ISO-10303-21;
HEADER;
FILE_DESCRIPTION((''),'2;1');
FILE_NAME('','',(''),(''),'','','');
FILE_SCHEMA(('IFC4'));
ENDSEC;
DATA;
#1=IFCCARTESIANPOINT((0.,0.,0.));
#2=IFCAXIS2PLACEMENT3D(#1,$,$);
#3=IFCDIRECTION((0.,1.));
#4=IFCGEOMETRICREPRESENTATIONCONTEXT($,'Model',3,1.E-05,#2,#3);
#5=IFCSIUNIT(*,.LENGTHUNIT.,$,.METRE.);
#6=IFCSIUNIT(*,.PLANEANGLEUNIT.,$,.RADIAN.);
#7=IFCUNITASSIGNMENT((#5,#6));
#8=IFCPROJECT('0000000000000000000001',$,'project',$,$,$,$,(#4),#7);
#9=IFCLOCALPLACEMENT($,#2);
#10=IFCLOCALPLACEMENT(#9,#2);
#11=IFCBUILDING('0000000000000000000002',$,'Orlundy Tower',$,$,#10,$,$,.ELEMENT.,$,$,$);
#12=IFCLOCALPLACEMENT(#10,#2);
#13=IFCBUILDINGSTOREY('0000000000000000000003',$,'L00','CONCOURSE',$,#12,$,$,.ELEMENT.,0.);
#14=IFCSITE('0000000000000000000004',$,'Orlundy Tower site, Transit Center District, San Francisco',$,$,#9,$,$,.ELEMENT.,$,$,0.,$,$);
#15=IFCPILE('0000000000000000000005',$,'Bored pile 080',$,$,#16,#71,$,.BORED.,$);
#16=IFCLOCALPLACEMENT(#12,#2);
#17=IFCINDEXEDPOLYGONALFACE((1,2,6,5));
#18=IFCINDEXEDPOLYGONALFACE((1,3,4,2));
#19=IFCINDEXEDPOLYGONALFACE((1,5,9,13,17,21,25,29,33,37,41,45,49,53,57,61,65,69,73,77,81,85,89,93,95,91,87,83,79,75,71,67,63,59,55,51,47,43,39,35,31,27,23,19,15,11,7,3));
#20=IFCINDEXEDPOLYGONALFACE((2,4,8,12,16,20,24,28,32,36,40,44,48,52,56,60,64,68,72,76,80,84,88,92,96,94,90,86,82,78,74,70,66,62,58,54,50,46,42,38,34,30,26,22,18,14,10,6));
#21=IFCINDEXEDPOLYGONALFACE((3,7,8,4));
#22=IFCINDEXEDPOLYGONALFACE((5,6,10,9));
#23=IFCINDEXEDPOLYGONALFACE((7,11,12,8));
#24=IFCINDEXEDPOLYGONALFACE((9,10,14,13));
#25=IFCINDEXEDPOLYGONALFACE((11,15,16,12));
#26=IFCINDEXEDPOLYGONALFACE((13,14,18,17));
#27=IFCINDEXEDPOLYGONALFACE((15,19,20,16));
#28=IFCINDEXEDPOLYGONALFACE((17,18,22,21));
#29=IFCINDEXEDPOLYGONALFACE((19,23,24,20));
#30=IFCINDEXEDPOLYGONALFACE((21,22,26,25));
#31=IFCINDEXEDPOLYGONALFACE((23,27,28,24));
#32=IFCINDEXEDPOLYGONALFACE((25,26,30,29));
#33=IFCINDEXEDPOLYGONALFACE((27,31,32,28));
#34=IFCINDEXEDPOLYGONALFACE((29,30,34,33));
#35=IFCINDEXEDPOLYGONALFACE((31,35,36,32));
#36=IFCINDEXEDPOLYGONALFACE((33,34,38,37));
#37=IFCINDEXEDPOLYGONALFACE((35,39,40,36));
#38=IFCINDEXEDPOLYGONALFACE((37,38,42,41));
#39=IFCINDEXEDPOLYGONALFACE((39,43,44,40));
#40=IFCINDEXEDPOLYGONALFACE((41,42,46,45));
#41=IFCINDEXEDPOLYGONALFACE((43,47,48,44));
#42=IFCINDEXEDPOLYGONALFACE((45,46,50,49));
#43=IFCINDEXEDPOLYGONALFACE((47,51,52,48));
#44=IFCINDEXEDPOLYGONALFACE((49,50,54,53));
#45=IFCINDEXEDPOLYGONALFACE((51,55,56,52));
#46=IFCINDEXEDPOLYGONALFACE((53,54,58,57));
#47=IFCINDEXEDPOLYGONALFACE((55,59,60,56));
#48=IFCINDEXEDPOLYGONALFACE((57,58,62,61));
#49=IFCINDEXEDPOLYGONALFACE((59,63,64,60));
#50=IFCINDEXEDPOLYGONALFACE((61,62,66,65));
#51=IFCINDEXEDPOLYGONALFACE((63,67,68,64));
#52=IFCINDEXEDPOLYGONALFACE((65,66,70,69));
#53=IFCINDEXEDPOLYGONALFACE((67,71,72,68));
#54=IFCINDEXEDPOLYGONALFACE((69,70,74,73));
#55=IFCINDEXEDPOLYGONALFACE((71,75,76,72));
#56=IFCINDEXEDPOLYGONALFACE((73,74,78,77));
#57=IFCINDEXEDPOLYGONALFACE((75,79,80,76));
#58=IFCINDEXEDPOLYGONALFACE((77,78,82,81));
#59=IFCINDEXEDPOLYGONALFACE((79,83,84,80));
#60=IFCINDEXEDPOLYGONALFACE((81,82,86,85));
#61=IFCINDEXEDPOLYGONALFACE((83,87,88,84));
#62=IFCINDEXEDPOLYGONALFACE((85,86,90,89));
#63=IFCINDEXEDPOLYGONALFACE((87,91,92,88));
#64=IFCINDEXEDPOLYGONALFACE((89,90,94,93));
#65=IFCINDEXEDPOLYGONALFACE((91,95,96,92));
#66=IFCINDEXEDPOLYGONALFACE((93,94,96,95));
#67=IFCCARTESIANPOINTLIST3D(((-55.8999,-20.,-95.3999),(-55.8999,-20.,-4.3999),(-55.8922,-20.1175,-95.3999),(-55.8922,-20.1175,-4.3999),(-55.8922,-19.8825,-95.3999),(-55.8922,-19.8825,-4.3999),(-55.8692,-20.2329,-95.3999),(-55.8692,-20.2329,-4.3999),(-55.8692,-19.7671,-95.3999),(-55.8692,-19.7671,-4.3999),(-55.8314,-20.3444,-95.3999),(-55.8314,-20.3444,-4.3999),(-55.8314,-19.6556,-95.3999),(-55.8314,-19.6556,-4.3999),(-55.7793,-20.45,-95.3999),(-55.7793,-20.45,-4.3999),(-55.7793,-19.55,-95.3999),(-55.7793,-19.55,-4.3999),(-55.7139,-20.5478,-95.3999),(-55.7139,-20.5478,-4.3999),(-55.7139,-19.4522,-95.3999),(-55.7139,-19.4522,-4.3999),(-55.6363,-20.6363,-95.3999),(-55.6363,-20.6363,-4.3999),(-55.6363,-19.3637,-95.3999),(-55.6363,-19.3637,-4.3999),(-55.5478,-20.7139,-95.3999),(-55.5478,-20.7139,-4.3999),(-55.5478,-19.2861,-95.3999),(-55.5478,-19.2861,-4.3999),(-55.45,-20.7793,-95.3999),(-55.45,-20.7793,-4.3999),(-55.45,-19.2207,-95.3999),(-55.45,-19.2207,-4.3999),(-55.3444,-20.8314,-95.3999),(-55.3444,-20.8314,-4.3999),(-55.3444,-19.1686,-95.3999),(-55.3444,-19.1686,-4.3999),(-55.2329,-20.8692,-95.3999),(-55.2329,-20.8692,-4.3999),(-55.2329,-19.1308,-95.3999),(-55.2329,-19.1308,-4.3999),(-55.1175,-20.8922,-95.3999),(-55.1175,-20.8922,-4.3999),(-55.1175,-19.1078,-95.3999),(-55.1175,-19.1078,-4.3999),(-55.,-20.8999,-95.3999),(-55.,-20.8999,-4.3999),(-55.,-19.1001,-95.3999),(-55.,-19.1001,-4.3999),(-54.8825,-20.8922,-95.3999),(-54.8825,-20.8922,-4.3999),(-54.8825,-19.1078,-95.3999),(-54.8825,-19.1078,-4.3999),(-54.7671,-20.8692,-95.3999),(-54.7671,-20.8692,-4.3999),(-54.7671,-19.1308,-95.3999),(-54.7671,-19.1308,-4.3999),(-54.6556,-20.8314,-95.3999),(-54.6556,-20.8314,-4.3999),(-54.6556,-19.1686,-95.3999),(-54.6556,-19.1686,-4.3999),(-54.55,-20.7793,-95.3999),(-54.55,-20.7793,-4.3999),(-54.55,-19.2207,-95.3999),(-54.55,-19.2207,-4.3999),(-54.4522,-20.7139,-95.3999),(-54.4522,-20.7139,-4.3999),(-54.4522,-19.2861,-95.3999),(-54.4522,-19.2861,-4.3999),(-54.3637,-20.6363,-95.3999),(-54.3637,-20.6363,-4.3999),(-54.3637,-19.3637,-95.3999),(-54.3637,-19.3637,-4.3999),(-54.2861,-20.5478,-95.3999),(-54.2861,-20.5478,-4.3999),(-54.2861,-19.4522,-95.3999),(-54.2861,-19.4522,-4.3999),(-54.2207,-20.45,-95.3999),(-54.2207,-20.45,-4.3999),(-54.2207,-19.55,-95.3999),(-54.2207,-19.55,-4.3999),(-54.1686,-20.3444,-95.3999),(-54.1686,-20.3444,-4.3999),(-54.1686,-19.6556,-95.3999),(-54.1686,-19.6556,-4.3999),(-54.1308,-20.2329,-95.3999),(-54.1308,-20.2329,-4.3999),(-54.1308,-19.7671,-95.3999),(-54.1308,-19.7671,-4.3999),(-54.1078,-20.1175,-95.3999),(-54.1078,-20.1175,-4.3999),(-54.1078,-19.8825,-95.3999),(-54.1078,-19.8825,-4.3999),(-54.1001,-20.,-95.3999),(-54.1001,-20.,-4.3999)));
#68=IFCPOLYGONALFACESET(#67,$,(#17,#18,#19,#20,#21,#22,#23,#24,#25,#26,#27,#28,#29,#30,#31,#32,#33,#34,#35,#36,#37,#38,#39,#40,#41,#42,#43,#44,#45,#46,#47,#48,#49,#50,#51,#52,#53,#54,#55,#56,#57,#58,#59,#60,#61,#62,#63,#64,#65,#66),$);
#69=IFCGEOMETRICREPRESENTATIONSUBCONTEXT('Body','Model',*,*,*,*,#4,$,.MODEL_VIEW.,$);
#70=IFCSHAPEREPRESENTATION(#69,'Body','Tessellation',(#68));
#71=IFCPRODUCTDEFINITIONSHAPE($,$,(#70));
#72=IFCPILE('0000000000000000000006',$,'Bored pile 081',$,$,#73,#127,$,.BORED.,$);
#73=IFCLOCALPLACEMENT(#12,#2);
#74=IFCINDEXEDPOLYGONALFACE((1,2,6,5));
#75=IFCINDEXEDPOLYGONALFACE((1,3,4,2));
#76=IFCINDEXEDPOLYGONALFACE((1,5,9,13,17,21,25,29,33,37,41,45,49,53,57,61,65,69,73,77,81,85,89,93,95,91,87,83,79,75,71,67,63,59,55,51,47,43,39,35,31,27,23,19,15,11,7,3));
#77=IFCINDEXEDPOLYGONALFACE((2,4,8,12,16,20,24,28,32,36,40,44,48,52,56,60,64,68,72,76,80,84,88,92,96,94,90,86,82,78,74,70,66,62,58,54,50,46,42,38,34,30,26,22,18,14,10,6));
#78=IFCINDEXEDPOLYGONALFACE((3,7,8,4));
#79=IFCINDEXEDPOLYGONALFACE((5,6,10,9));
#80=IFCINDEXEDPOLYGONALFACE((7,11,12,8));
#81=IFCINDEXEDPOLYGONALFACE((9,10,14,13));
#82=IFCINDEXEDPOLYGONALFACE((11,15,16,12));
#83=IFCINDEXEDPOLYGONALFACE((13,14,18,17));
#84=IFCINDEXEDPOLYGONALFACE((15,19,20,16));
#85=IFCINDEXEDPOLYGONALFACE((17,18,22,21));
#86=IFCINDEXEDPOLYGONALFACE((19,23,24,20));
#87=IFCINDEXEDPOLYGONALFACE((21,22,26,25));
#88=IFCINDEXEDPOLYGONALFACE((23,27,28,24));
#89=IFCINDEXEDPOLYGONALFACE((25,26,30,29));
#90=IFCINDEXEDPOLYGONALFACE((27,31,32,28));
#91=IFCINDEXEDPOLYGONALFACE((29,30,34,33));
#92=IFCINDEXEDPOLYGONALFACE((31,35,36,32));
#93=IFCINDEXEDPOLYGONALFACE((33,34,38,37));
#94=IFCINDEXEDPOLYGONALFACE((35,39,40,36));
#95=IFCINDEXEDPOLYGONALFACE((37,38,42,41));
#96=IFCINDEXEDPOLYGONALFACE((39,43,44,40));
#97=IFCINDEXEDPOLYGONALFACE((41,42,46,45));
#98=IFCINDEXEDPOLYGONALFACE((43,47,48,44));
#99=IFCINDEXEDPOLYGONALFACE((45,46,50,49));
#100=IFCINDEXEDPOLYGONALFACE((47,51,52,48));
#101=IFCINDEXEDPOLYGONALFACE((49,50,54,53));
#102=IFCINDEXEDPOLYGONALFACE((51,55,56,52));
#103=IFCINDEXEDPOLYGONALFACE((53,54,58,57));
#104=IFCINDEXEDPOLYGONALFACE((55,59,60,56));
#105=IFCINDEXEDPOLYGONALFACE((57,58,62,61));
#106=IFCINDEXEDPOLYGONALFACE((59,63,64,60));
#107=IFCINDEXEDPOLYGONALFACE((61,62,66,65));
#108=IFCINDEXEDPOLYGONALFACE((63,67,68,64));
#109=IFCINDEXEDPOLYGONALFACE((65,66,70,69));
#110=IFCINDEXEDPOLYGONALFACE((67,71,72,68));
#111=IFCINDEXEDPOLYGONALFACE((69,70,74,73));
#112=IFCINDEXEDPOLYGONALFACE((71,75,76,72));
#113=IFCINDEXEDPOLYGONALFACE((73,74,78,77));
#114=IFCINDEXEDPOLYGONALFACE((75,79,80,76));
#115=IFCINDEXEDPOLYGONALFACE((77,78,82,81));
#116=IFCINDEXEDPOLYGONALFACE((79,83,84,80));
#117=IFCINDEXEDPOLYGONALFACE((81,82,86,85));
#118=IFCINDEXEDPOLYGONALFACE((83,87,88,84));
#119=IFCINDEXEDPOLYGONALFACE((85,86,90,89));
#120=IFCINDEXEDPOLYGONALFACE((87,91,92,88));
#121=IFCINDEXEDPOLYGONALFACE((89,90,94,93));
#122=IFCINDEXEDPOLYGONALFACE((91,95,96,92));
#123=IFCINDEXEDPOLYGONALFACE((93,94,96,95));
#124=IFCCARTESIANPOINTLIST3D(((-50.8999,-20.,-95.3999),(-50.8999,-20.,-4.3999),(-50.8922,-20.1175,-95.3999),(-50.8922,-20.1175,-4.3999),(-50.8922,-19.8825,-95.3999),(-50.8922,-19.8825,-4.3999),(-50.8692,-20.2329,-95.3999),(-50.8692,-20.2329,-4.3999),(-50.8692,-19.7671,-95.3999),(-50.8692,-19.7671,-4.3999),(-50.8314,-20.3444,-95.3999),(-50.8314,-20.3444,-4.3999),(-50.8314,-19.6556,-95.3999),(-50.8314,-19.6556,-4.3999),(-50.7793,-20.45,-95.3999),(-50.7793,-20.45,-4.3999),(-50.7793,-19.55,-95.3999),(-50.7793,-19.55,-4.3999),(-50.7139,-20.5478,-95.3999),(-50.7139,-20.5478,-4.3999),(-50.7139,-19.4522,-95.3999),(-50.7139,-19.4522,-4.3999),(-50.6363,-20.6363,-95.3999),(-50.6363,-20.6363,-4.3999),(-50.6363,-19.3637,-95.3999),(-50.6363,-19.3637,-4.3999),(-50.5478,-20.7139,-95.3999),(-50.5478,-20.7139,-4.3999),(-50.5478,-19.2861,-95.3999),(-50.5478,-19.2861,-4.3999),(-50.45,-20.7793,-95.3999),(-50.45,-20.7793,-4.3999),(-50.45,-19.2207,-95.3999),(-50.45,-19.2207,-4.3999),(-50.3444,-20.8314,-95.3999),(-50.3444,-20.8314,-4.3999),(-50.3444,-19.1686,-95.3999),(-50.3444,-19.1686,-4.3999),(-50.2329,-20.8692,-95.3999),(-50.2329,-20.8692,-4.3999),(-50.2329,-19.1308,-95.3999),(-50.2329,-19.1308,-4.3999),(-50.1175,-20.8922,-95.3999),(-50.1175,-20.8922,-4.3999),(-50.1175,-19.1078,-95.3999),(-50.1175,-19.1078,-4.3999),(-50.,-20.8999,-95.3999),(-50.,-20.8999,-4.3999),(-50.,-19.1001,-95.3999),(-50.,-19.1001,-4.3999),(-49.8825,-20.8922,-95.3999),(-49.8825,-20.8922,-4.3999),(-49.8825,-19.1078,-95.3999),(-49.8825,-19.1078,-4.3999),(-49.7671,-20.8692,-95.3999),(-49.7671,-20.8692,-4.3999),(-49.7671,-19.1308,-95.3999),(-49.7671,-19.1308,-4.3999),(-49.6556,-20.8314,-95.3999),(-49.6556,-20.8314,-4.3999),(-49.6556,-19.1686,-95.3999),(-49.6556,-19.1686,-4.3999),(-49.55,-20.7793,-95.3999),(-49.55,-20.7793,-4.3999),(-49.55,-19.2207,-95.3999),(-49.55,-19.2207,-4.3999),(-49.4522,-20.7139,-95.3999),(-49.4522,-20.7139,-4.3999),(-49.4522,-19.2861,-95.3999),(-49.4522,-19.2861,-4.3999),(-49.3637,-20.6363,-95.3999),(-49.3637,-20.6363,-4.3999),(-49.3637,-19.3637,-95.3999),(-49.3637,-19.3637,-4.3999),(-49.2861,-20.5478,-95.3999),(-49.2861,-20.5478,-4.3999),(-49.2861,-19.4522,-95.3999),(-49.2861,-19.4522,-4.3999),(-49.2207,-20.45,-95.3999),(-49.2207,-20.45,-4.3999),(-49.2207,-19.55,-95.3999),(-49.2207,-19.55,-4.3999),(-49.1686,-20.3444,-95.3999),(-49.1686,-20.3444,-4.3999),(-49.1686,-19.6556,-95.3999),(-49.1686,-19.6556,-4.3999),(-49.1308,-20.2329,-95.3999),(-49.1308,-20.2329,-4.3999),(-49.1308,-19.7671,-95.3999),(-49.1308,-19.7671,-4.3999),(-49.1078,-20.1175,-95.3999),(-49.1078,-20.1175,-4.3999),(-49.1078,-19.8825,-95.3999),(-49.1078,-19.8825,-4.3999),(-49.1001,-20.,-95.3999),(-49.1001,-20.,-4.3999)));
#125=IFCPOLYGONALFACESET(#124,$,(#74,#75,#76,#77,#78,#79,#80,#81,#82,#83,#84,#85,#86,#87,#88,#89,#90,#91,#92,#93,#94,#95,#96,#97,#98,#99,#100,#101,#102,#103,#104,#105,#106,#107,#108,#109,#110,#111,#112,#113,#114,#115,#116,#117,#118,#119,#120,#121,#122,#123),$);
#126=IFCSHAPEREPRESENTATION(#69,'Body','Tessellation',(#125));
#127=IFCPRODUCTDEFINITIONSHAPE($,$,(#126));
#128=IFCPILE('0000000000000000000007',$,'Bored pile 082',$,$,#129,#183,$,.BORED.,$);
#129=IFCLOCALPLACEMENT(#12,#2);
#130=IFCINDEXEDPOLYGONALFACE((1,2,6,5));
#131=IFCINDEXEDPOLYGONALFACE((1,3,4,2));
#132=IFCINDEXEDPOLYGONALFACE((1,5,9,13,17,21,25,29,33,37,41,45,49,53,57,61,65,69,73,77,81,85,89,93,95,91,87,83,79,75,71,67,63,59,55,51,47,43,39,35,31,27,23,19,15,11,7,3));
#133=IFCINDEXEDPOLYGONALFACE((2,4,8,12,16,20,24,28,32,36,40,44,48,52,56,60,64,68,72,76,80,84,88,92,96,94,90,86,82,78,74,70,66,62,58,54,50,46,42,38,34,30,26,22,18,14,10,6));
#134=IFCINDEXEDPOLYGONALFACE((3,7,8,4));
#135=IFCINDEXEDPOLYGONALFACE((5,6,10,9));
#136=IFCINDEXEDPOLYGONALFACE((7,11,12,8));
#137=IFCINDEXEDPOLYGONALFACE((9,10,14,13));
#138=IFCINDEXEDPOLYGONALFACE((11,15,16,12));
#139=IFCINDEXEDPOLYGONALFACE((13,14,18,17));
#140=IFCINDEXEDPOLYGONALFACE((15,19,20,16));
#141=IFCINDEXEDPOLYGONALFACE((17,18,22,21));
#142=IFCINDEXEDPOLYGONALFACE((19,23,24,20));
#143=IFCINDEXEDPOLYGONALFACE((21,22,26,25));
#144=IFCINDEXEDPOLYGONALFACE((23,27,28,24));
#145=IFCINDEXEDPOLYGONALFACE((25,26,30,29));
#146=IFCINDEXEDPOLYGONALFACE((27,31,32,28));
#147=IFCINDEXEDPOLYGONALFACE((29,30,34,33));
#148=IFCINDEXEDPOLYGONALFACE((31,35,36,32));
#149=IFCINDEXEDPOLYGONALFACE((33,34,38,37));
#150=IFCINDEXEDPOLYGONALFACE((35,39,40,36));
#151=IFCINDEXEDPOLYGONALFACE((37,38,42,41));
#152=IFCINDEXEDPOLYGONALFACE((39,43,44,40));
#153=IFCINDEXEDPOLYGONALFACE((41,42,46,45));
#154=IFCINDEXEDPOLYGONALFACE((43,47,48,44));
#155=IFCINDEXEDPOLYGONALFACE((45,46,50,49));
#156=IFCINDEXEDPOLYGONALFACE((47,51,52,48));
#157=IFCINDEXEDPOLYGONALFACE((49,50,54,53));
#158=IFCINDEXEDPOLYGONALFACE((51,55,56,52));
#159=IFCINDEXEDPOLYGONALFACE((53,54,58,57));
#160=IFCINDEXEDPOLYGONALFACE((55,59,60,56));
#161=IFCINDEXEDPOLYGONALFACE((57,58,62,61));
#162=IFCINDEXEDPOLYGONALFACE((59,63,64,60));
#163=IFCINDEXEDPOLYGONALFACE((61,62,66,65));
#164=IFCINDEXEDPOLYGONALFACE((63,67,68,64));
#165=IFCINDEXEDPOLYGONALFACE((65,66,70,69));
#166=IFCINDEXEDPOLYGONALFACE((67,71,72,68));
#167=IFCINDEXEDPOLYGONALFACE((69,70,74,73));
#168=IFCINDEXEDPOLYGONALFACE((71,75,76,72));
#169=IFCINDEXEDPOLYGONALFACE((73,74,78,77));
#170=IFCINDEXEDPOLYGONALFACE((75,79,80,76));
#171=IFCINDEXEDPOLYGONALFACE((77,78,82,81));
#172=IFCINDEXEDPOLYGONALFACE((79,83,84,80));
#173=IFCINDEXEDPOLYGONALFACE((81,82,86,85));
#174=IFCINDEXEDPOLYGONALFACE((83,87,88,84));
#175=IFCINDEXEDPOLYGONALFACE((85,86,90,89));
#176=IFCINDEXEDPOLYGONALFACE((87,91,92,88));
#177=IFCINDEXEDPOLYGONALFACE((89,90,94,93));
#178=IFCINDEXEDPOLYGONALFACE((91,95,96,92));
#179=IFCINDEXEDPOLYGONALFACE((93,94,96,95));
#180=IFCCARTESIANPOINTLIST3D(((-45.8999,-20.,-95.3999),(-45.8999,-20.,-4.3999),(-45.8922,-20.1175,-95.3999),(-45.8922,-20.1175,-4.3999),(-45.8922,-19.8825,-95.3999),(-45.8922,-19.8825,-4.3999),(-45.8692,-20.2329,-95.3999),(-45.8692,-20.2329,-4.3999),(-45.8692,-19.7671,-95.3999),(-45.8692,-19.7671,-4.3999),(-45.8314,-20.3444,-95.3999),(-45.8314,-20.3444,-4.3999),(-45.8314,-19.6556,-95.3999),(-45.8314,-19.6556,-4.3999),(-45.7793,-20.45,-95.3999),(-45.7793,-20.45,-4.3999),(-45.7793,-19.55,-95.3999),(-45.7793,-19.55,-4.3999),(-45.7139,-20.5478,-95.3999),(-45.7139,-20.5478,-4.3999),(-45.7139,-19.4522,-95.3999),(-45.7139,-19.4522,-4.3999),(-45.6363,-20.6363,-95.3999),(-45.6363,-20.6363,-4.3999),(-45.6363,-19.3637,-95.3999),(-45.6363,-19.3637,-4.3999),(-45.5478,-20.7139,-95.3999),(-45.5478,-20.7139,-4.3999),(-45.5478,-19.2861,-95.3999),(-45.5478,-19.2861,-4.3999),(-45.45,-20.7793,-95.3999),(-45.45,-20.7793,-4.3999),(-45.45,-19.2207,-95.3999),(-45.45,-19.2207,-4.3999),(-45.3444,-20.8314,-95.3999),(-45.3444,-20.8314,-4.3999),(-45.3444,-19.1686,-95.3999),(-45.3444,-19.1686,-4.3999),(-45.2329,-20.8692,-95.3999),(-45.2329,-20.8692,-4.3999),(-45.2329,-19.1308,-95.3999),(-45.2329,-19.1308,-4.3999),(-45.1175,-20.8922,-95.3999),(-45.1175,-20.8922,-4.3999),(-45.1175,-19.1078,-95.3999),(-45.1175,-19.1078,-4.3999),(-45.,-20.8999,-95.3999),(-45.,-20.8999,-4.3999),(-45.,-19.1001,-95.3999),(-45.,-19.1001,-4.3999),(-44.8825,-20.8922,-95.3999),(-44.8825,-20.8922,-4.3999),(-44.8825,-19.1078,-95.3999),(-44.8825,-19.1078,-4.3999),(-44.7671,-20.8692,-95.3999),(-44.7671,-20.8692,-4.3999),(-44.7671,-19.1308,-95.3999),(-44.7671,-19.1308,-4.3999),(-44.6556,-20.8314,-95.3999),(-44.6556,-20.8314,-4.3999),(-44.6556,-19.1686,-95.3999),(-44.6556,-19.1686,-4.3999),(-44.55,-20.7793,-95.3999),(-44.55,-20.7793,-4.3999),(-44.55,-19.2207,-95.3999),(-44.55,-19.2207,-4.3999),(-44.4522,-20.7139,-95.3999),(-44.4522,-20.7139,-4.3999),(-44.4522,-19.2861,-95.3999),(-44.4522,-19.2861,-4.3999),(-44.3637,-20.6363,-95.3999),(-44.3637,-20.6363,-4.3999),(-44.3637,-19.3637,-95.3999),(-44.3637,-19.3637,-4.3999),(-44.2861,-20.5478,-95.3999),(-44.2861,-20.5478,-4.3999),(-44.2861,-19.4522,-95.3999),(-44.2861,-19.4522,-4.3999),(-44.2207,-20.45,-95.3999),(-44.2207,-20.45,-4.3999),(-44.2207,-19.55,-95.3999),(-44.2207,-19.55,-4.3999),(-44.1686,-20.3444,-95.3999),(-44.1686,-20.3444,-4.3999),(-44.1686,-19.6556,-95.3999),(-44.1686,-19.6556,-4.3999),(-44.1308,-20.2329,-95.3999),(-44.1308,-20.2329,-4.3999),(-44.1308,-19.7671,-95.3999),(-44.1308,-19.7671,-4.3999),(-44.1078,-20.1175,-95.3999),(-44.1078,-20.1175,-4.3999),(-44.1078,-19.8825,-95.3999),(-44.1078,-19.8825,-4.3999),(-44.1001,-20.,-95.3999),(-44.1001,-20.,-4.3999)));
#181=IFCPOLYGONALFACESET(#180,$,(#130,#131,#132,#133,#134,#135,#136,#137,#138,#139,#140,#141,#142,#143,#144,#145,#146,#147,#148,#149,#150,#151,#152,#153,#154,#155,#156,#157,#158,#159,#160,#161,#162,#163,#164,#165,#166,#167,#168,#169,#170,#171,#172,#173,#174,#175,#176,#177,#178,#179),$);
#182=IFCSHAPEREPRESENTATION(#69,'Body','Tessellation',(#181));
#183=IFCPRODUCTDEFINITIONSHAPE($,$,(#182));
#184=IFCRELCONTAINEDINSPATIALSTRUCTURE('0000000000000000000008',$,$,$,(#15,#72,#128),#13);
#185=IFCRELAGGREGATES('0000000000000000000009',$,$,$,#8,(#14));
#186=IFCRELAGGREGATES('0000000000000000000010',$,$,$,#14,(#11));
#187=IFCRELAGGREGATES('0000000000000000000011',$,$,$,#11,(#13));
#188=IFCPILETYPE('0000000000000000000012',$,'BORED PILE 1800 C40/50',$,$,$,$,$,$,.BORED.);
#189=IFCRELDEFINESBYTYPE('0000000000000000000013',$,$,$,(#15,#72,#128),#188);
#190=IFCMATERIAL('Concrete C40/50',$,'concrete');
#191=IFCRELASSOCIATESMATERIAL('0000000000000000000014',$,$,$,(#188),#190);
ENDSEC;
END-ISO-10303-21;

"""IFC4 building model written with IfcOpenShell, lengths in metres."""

from ifc_helpers import new_model, si_unit, direction, frame, origin, origin_2d, place, context, subcontext, project, spatial, circle, extrude, material, material_profile, profile_set, type_object, element, save


model = new_model("IFC4")

# Units and contexts
model_context = context("Model", 3, precision=1e-05, world=origin(), true_north=direction((0.0, 1.0)))
body_context = subcontext(model_context, "Body", "Model", "MODEL_VIEW")
ifc_project = project(units=[si_unit("LENGTHUNIT", "METRE"), si_unit("PLANEANGLEUNIT", "RADIAN")], contexts=[model_context])

# Site, building, storey
site_placement = place(None, origin())
site = spatial("IfcSite", under=ifc_project, at=site_placement, Name="Orlundy Tower site, Transit Center District, San Francisco", CompositionType="ELEMENT", RefElevation=0.0)
building_placement = place(site_placement, origin())
building = spatial("IfcBuilding", under=site, at=building_placement, Name="Orlundy Tower", CompositionType="ELEMENT")
storey_placement = place(building_placement, origin())
storey = spatial("IfcBuildingStorey", under=building, at=storey_placement, Name="L00", Description="CONCOURSE", CompositionType="ELEMENT", Elevation=0.0)

# Piles
ifc_material_1 = material(Name="Concrete C40/50", Category="concrete")
ifc_material_profile_1 = material_profile(ifc_material_1, circle(Radius=0.8999, at=origin_2d()), Name="BP1800")
ifc_profile_set_1 = profile_set([ifc_material_profile_1], Name="Concrete C40/50")
pile_type = type_object("IfcPileType", Name="BORED PILE 1800 C40/50", PredefinedType="BORED", material=ifc_profile_set_1)
for number, where, z_axis, x_axis, name in (
    (1, (-55.0, -20.0, -4.3999), (0.0, 0.0, -1.0), (1.0, 0.0, 0.0), "Bored pile 080"),
    (2, (-50.0, -20.0, -4.3999), (0.0, 0.0, -1.0), (1.0, 0.0, 0.0), "Bored pile 081"),
    (3, (-45.0, -20.0, -4.3999), (0.0, 0.0, -1.0), (1.0, 0.0, 0.0), "Bored pile 082"),
):
    element("IfcPile", number, at=place(storey_placement, frame(where, z_axis=z_axis, x_axis=x_axis)), inside=storey, type_object=pile_type, Name=name, PredefinedType="BORED", context=body_context, shape_type="SweptSolid", body=[
        extrude(circle(Radius=0.8999, at=origin_2d()), origin(), (0.0, 0.0, 1.0), 91.0),
    ])

save(model, "model.ifc")
